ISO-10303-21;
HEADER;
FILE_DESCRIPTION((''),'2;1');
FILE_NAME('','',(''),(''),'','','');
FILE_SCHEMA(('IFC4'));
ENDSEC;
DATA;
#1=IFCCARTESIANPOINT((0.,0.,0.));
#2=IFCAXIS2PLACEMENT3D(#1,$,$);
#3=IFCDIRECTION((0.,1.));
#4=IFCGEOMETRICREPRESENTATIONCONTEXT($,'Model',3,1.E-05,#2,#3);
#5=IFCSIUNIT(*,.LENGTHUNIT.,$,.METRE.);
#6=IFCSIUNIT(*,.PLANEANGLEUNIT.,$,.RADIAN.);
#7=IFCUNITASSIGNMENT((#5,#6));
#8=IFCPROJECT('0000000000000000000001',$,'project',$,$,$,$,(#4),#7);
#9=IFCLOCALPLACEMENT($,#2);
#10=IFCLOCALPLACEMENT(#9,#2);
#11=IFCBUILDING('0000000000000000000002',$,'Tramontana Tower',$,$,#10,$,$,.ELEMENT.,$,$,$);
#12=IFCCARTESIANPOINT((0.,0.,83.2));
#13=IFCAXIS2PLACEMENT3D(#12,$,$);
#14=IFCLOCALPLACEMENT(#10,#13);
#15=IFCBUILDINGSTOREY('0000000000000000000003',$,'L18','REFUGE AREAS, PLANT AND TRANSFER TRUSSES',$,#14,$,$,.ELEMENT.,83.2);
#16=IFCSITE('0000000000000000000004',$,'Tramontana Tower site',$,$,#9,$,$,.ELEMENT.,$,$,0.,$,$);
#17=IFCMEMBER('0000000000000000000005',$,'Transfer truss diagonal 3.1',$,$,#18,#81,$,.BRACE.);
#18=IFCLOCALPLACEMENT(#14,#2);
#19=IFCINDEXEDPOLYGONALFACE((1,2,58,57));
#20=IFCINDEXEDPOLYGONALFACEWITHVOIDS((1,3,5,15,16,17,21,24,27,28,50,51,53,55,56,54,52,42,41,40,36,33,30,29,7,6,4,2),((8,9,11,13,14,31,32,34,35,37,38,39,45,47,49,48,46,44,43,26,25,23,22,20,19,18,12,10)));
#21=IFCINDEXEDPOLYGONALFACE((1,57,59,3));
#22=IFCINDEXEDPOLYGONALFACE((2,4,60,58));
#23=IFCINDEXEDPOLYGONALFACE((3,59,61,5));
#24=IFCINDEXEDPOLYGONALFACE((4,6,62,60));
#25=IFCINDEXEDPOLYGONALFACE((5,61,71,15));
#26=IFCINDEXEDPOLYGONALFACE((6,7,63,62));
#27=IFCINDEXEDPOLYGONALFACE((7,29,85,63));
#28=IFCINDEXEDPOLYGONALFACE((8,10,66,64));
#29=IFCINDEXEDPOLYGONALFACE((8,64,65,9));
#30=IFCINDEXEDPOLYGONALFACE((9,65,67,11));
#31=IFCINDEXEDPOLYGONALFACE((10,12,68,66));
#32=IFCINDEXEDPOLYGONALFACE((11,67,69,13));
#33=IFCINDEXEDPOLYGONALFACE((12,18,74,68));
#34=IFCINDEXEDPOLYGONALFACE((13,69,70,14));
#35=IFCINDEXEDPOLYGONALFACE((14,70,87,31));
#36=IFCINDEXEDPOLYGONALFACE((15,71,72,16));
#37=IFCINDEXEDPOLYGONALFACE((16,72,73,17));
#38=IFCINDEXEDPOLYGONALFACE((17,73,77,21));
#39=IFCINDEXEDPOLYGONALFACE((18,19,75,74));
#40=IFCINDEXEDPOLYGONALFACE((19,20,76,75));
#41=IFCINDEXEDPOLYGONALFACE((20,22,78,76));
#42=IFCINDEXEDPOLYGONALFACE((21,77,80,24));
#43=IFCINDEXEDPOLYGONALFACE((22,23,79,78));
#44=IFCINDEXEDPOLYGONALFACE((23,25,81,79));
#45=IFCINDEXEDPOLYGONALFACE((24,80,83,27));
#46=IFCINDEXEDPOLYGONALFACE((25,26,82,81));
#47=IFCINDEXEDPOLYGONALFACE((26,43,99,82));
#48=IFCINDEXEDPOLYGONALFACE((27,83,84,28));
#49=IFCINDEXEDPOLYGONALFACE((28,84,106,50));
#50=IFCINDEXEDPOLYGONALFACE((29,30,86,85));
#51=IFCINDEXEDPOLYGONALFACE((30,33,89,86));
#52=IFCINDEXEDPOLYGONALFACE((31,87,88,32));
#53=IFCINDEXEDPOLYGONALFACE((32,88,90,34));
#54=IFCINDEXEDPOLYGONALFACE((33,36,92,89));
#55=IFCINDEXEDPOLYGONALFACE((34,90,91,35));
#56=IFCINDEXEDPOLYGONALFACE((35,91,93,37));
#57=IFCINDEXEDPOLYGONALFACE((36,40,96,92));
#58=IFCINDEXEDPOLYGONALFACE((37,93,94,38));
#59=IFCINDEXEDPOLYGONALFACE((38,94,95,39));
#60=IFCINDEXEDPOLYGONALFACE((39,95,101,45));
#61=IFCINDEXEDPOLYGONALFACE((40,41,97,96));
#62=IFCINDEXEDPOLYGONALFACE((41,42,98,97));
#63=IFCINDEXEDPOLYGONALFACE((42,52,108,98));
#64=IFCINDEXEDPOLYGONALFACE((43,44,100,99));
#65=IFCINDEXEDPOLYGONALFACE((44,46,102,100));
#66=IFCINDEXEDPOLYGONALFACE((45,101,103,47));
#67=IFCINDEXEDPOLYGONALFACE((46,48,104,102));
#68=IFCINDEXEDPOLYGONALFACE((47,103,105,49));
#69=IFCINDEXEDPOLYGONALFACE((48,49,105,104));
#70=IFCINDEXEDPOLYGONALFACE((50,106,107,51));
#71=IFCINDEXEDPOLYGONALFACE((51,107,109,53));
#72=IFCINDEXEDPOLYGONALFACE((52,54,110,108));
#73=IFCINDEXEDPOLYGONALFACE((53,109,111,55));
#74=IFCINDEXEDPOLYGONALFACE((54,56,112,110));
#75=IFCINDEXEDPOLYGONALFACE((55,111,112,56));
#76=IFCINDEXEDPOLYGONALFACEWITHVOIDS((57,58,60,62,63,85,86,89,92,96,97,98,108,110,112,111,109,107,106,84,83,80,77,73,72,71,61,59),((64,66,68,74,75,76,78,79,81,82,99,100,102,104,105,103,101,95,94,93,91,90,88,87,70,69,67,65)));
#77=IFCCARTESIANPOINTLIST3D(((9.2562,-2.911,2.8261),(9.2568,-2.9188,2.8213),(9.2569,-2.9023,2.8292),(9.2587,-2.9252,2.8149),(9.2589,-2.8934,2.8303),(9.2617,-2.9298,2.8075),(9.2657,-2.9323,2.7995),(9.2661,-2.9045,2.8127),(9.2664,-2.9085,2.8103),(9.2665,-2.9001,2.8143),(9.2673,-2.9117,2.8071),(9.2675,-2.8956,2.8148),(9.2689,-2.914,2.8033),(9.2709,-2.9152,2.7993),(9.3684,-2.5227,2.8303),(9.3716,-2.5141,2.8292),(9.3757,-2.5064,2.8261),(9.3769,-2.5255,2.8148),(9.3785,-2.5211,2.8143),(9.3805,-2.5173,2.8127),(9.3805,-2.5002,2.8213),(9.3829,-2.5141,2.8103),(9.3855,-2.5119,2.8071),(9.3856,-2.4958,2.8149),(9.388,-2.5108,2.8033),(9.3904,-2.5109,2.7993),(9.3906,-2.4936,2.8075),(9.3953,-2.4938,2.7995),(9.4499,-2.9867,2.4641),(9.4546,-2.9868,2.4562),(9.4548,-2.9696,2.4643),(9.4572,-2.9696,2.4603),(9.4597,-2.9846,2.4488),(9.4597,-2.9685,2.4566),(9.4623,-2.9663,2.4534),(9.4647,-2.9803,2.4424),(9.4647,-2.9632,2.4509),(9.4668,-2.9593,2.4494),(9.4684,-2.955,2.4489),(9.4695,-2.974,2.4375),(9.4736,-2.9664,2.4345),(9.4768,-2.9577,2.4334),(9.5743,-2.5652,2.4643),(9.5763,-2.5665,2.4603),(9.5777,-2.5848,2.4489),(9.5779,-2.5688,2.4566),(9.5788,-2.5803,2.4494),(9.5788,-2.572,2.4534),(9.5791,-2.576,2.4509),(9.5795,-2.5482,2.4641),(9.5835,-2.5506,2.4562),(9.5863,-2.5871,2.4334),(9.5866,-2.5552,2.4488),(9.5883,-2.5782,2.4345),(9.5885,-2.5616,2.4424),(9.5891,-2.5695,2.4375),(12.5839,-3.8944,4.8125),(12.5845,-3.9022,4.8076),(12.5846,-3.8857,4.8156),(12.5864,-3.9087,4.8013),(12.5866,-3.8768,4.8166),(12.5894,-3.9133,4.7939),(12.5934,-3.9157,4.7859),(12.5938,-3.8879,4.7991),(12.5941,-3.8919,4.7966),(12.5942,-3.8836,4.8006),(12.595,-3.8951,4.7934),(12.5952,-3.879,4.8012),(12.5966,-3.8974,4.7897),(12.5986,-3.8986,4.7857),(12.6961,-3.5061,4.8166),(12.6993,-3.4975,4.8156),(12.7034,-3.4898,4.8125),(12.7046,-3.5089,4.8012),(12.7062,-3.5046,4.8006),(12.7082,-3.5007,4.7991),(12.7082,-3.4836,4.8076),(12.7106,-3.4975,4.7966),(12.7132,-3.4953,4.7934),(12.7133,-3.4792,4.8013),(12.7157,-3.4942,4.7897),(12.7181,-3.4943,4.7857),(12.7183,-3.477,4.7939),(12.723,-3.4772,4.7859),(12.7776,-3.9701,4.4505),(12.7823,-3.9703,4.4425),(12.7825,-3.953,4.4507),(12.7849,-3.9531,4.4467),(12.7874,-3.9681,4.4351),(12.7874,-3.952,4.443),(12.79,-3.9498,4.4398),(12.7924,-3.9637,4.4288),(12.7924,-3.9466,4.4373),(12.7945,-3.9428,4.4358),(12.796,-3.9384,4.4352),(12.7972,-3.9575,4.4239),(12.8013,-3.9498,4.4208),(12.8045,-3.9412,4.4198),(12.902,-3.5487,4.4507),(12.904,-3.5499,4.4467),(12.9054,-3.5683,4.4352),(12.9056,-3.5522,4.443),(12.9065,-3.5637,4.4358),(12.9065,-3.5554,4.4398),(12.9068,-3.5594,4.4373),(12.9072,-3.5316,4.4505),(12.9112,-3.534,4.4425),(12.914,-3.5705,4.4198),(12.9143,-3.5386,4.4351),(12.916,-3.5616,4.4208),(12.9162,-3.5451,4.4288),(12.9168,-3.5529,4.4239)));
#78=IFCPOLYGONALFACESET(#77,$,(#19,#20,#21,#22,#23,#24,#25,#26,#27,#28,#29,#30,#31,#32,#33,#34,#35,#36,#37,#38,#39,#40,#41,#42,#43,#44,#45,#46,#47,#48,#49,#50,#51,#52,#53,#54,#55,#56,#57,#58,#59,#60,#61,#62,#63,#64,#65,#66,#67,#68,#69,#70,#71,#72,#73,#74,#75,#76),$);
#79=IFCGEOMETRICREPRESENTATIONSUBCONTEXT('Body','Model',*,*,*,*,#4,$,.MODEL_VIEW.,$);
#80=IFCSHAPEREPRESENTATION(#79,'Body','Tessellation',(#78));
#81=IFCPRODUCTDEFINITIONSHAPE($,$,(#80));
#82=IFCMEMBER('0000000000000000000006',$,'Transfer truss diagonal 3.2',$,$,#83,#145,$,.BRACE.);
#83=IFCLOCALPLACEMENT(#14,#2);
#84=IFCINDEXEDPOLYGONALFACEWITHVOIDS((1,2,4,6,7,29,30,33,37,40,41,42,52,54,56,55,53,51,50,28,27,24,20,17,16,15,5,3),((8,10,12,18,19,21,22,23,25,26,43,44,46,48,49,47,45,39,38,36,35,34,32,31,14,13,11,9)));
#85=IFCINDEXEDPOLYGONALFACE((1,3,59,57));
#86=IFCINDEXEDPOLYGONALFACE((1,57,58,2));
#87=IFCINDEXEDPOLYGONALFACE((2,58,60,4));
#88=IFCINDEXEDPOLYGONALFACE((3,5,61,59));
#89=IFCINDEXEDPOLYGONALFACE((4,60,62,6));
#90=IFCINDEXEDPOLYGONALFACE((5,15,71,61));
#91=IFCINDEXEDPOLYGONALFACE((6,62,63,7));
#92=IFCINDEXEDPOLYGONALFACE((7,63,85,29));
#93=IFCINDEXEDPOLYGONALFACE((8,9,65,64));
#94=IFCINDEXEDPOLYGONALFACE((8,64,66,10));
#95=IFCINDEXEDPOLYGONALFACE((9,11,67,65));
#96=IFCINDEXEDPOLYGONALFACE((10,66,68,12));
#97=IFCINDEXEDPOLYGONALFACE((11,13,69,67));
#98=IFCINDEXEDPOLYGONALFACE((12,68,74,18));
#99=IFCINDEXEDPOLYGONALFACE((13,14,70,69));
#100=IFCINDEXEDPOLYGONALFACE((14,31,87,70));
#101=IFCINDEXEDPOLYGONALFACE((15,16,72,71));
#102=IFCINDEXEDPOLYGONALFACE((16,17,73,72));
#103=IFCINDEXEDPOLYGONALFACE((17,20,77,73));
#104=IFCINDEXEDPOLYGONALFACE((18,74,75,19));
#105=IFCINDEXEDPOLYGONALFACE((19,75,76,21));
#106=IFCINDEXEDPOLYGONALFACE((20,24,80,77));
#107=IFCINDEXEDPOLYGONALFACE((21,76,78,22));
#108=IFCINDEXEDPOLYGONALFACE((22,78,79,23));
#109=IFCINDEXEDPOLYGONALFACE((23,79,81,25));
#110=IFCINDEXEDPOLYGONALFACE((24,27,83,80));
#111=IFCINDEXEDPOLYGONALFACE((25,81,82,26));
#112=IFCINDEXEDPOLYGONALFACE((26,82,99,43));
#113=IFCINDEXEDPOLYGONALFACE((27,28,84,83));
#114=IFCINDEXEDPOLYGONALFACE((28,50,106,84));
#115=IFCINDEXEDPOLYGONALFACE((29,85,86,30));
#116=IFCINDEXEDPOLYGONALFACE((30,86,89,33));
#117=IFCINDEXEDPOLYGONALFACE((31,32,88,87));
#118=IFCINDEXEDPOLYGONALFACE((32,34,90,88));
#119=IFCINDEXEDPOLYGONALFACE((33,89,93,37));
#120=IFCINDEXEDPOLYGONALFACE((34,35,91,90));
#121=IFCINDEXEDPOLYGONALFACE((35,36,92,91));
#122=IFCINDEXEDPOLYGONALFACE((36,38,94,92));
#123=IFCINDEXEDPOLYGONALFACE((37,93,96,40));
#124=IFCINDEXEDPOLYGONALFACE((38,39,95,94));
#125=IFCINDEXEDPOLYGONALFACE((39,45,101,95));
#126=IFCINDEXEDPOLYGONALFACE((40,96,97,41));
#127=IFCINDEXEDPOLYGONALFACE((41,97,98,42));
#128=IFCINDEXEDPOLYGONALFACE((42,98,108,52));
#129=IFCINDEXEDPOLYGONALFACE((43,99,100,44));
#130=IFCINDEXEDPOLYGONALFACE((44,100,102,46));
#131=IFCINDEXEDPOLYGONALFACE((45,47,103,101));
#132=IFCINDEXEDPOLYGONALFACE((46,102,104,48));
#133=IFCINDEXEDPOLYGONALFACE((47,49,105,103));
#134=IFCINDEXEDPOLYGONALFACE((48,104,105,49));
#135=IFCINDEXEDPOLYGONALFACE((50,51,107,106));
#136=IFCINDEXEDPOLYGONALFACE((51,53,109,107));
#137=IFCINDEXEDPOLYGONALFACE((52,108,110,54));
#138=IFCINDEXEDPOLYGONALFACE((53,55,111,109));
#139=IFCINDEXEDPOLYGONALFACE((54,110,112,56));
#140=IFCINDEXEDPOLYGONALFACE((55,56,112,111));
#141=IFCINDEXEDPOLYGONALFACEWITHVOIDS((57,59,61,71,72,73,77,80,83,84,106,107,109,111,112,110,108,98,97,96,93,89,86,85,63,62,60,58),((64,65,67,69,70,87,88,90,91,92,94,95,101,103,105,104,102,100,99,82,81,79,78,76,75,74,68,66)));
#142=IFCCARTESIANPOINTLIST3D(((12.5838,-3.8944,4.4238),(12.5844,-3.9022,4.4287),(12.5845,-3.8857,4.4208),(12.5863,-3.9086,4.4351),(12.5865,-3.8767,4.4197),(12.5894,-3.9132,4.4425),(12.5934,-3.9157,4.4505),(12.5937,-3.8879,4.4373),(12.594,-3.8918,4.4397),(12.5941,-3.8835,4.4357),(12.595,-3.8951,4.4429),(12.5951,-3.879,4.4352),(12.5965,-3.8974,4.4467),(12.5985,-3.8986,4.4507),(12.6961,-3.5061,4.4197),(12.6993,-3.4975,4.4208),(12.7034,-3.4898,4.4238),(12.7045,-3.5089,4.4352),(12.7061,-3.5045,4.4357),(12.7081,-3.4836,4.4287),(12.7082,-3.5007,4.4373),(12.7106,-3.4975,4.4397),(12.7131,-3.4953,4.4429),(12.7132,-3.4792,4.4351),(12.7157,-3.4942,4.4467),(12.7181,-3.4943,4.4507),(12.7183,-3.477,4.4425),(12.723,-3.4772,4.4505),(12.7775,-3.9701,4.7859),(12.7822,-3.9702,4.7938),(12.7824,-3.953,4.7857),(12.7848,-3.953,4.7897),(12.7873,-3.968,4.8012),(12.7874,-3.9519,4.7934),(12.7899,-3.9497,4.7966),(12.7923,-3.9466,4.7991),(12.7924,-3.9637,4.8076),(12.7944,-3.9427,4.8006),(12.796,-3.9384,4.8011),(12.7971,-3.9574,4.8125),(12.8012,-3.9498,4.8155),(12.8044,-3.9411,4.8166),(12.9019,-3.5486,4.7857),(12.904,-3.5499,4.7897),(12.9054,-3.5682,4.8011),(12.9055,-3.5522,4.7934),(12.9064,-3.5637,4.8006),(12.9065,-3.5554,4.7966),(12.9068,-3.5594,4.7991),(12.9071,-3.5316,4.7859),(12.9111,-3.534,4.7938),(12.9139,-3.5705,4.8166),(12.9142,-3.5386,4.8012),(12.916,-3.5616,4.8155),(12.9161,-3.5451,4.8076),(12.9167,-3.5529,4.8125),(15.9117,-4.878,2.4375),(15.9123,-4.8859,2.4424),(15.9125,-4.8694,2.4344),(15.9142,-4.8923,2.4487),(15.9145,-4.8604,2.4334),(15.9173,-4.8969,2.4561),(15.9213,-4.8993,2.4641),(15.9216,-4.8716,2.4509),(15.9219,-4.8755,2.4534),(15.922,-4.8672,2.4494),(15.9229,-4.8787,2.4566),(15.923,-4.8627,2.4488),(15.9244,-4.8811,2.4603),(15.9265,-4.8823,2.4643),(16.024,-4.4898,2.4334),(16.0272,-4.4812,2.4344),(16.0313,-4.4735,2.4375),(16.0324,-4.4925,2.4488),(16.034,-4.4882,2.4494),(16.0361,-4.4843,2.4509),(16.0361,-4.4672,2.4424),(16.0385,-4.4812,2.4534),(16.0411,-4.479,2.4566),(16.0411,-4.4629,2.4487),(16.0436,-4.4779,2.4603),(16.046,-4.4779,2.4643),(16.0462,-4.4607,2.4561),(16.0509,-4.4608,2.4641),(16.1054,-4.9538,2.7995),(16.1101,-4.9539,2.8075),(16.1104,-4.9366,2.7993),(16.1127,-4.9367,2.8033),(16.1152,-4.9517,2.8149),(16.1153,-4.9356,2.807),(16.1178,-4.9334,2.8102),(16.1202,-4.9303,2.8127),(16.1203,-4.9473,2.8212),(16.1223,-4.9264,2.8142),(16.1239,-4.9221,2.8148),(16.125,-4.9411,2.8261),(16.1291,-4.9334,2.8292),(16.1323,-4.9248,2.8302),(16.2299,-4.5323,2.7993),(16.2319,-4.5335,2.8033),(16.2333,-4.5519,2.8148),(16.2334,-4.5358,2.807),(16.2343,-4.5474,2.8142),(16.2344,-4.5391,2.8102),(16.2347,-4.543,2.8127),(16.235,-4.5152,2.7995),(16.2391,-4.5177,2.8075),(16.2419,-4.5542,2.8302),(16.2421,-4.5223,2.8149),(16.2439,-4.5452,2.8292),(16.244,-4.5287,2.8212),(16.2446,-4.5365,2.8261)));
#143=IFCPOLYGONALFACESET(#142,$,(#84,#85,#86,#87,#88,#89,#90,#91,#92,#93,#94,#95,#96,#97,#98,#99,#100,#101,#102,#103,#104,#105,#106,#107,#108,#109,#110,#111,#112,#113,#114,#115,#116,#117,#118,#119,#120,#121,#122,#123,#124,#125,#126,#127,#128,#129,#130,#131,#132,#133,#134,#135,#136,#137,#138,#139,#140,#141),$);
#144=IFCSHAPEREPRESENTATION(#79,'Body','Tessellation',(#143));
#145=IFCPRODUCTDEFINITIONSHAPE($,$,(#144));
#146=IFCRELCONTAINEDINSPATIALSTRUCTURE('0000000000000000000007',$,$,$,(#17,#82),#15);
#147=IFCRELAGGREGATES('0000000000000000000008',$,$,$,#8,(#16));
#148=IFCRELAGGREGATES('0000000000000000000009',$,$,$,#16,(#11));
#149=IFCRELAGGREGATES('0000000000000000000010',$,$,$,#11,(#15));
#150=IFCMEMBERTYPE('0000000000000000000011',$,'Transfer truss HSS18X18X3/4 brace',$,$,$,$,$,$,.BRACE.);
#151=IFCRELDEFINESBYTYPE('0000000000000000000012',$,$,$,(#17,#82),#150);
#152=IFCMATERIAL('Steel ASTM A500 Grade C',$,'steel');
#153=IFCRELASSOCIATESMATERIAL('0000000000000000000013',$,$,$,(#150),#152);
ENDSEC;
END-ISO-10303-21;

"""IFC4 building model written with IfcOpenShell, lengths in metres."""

from ifc_helpers import new_model, si_unit, direction, frame, origin, origin_2d, place, context, subcontext, project, spatial, hollow_rectangle, extrude, material, material_profile, profile_set, type_object, element, save


model = new_model("IFC4")

# Units and contexts
model_context = context("Model", 3, precision=1e-05, world=origin(), true_north=direction((0.0, 1.0)))
body_context = subcontext(model_context, "Body", "Model", "MODEL_VIEW")
ifc_project = project(units=[si_unit("LENGTHUNIT", "METRE"), si_unit("PLANEANGLEUNIT", "RADIAN")], contexts=[model_context])

# Site, building, storey
site_placement = place(None, origin())
site = spatial("IfcSite", under=ifc_project, at=site_placement, Name="Tramontana Tower site", CompositionType="ELEMENT", RefElevation=0.0)
building_placement = place(site_placement, origin())
building = spatial("IfcBuilding", under=site, at=building_placement, Name="Tramontana Tower", CompositionType="ELEMENT")
storey_placement = place(building_placement, frame((0.0, 0.0, 83.2)))
storey = spatial("IfcBuildingStorey", under=building, at=storey_placement, Name="L18", Description="REFUGE AREAS, PLANT AND TRANSFER TRUSSES", CompositionType="ELEMENT", Elevation=83.2)

# Members
ifc_material_1 = material(Name="Steel ASTM A500 Grade C", Category="steel")
ifc_material_profile_1 = material_profile(ifc_material_1, hollow_rectangle(XDim=0.4573, YDim=0.4573, WallThickness=0.0178, InnerFilletRadius=0.0178, OuterFilletRadius=0.0354, at=origin_2d()), Name="HSS18X18X3/4")
ifc_profile_set_1 = profile_set([ifc_material_profile_1], Name="Steel ASTM A500 Grade C")
member_type_1 = type_object("IfcMemberType", Name="Transfer truss HSS18X18X3/4 brace", PredefinedType="BRACE", material=ifc_profile_set_1)
member_1_placement = place(storey_placement, frame((9.4226, -2.7402, 2.6318), z_axis=(0.83228, -0.245959, 0.496803), x_axis=(0.283408, 0.958999, 0.0)))
element("IfcMember", 1, at=member_1_placement, inside=storey, type_object=member_type_1, Name="Transfer truss diagonal 3.1", PredefinedType="BRACE", context=body_context, shape_type="SweptSolid", body=[
    extrude(hollow_rectangle(XDim=0.4573, YDim=0.4573, WallThickness=0.0178, InnerFilletRadius=0.0178, OuterFilletRadius=0.0354, at=origin_2d()), origin(), (0.0, 0.0, 1.0), 3.9983),
])
member_2_placement = place(storey_placement, frame((12.7502, -3.7236, 4.6182), z_axis=(0.832286, -0.246004, -0.496771), x_axis=(0.283453, 0.958986, 0.0)))
element("IfcMember", 2, at=member_2_placement, inside=storey, type_object=member_type_1, Name="Transfer truss diagonal 3.2", PredefinedType="BRACE", context=body_context, shape_type="SweptSolid", body=[
    extrude(hollow_rectangle(XDim=0.4573, YDim=0.4573, WallThickness=0.0178, InnerFilletRadius=0.0178, OuterFilletRadius=0.0354, at=origin_2d()), origin(), (0.0, 0.0, 1.0), 3.9985),
])

save(model, "model.ifc")
